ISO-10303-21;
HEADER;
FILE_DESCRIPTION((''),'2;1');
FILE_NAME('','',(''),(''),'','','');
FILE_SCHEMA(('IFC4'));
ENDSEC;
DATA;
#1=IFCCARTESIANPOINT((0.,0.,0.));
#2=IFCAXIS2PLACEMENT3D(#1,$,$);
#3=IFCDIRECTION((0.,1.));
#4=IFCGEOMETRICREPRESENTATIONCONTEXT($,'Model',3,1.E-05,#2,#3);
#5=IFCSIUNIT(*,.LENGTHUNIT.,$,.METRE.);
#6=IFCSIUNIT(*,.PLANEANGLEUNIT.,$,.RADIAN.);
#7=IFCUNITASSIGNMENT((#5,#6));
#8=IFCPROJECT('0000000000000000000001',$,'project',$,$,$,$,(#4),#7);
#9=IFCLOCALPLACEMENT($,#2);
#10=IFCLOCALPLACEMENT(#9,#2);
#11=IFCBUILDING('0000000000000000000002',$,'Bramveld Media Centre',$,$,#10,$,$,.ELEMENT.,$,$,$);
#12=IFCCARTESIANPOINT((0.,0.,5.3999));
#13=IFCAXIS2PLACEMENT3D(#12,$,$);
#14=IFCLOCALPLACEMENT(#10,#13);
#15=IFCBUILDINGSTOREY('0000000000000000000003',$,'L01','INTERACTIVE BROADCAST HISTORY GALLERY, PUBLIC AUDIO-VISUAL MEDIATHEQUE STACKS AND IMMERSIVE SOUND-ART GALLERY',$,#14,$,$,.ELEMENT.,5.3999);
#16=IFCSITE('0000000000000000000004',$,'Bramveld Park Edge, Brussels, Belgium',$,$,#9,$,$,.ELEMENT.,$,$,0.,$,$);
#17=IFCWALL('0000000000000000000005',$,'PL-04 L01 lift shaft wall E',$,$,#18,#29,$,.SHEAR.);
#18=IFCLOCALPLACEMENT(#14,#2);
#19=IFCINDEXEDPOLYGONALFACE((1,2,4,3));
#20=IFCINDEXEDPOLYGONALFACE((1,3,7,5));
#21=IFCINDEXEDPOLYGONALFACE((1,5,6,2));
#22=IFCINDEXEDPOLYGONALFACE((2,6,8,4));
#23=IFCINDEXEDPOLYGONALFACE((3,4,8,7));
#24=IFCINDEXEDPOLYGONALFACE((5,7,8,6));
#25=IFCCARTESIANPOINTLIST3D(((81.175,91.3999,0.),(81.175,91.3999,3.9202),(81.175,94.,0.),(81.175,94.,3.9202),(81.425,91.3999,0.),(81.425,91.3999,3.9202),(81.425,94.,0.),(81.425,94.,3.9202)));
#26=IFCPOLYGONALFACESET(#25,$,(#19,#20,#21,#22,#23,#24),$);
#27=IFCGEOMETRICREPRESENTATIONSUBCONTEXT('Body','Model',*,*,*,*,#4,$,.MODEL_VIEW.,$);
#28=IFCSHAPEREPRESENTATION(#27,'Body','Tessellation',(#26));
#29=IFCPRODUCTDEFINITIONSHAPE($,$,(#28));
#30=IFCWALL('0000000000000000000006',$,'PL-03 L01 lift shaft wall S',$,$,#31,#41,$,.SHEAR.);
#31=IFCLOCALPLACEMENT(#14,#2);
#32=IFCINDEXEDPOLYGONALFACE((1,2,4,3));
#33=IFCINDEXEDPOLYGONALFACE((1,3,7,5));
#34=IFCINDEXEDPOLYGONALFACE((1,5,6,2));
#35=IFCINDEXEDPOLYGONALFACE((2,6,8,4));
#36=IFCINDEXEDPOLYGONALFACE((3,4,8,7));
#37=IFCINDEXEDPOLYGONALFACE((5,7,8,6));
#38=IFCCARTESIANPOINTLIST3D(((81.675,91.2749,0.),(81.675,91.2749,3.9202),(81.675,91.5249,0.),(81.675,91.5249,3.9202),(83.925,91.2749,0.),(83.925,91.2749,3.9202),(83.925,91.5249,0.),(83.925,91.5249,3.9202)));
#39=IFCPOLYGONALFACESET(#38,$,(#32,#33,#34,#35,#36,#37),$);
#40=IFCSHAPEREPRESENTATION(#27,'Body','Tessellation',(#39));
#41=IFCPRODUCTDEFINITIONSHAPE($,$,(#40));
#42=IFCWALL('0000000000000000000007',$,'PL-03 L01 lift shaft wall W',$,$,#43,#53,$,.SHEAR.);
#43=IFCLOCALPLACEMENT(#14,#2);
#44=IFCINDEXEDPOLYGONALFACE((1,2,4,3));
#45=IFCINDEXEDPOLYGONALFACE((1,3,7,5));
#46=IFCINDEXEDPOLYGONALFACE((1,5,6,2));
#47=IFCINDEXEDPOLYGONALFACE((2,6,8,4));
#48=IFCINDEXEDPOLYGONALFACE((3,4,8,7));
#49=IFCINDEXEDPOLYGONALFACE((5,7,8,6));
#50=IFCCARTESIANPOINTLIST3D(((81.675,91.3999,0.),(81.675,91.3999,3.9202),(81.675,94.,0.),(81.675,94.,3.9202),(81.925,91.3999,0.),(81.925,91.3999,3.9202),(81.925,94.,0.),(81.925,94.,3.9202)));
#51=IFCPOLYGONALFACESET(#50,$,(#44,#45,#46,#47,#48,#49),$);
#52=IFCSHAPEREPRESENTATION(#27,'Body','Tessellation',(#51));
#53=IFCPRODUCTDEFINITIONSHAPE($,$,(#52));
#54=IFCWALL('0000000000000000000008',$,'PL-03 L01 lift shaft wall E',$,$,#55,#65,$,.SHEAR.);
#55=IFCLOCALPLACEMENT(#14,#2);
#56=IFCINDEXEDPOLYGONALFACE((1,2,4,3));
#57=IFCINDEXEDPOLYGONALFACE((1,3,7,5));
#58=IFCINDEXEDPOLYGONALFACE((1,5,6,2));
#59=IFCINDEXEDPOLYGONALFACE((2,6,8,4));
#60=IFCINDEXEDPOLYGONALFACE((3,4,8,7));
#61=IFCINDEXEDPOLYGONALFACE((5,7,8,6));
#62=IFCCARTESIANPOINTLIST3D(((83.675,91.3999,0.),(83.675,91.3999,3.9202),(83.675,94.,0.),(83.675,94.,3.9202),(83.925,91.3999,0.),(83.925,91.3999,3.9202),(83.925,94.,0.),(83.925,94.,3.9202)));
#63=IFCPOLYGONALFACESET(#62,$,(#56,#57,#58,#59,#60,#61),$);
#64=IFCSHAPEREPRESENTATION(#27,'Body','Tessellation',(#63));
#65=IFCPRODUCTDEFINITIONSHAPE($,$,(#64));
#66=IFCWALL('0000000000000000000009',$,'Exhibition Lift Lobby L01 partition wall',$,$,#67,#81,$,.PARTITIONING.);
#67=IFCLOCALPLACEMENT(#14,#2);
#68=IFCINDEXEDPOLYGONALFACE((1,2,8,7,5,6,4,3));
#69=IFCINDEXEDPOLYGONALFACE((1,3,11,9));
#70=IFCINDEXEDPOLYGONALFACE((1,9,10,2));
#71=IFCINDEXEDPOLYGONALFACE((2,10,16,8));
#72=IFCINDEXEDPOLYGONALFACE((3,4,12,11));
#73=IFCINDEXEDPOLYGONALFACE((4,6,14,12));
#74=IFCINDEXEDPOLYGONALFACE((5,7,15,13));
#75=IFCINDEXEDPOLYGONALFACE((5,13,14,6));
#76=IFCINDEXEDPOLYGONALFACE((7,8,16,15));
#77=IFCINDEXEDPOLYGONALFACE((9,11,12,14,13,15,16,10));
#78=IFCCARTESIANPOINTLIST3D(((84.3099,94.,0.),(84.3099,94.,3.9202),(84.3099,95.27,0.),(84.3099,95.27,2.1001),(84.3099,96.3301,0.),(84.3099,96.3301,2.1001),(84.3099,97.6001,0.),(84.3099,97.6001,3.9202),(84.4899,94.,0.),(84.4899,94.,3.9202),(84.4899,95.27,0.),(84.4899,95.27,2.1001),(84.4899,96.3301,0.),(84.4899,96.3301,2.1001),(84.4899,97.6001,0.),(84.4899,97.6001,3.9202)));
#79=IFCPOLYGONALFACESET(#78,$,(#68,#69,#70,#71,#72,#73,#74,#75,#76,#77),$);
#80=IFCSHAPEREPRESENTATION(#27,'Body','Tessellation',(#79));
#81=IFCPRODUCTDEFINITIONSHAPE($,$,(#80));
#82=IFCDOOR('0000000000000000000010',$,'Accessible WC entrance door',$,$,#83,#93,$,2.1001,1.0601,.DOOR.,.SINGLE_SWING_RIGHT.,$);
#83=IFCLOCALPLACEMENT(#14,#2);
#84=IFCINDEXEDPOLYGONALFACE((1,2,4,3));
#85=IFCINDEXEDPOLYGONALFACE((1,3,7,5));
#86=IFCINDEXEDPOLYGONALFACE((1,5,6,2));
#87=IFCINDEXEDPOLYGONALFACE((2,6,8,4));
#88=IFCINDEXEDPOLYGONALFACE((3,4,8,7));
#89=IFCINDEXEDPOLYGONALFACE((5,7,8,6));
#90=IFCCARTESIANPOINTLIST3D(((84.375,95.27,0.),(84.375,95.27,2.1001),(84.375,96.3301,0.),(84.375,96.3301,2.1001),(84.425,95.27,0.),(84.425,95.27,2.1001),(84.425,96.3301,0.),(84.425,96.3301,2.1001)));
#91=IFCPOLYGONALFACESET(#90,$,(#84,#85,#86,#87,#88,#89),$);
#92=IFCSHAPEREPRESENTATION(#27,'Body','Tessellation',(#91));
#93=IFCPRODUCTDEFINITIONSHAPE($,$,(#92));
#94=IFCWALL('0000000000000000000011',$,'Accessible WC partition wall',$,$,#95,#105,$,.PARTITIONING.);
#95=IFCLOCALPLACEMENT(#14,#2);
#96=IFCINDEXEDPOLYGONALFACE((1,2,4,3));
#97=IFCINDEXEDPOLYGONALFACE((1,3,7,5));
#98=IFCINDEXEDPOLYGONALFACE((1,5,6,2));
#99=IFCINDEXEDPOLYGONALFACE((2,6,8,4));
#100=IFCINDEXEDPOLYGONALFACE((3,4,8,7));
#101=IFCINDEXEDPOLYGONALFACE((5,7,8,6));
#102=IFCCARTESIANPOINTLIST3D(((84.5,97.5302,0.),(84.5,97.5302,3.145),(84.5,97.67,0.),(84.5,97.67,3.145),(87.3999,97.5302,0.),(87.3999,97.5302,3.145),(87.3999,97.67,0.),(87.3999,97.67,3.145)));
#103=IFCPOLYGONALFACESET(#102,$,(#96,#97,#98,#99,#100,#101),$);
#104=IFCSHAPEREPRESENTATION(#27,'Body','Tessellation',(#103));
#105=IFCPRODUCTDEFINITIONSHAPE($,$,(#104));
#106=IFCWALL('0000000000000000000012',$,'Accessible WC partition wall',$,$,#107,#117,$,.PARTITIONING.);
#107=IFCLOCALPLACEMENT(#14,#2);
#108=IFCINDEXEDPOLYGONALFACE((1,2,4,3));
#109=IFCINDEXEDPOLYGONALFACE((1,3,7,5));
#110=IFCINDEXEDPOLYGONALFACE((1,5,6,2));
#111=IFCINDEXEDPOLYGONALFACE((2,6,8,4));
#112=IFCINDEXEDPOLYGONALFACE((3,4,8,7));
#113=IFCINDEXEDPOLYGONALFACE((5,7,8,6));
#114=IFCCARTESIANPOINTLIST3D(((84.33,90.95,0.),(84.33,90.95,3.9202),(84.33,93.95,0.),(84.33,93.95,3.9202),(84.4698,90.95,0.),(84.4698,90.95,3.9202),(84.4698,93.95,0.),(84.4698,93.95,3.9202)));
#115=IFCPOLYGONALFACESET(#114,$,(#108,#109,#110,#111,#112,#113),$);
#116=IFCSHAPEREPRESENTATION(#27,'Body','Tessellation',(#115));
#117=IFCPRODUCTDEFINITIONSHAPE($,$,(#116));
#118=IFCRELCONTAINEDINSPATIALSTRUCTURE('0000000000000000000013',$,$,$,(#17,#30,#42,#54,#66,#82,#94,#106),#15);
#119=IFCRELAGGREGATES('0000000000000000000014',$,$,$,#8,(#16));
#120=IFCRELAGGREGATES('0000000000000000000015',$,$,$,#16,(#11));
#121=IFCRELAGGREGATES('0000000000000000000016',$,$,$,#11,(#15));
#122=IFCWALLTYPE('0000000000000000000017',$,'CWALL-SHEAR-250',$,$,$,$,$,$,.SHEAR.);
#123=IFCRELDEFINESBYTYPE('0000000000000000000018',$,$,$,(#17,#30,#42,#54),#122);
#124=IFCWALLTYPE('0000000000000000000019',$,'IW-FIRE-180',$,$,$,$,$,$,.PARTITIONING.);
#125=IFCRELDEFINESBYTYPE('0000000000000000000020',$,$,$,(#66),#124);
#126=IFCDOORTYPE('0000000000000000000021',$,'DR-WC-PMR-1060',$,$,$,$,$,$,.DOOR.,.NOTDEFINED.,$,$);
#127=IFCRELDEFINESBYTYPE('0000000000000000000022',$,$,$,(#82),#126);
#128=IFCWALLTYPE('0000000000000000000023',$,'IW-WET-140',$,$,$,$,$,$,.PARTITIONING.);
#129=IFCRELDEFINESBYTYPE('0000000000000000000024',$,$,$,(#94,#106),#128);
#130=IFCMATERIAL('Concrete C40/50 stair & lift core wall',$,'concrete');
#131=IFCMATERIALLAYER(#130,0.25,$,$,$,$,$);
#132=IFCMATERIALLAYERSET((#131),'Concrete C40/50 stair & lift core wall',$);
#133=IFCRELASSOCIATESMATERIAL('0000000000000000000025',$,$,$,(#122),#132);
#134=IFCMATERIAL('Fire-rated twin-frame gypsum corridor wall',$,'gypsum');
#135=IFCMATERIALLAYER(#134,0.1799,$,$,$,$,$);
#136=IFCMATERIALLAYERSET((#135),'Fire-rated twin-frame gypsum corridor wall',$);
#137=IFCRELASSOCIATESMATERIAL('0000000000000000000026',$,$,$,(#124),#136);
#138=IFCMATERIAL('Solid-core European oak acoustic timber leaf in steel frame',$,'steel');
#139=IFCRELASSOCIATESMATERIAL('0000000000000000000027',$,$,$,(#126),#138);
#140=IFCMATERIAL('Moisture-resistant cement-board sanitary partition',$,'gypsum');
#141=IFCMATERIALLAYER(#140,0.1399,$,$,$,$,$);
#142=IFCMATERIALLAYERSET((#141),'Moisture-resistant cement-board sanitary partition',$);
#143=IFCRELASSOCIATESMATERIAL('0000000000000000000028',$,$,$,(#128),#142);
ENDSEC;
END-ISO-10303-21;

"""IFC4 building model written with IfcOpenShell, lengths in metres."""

from ifc_helpers import new_model, si_unit, direction, frame, frame_2d, origin, place, context, subcontext, project, spatial, rectangle, extrude, material, layer, layer_set, type_object, element, fill, save


model = new_model("IFC4")

# Units and contexts
model_context = context("Model", 3, precision=1e-05, world=origin(), true_north=direction((0.0, 1.0)))
body_context = subcontext(model_context, "Body", "Model", "MODEL_VIEW")
ifc_project = project(units=[si_unit("LENGTHUNIT", "METRE"), si_unit("PLANEANGLEUNIT", "RADIAN")], contexts=[model_context])

# Site, building, storey
site_placement = place(None, origin())
site = spatial("IfcSite", under=ifc_project, at=site_placement, Name="Bramveld Park Edge, Brussels, Belgium", CompositionType="ELEMENT", RefElevation=0.0)
building_placement = place(site_placement, origin())
building = spatial("IfcBuilding", under=site, at=building_placement, Name="Bramveld Media Centre", CompositionType="ELEMENT")
storey_placement = place(building_placement, frame((0.0, 0.0, 5.3999)))
storey = spatial("IfcBuildingStorey", under=building, at=storey_placement, Name="L01", Description="INTERACTIVE BROADCAST HISTORY GALLERY, PUBLIC AUDIO-VISUAL MEDIATHEQUE STACKS AND IMMERSIVE SOUND-ART GALLERY", CompositionType="ELEMENT", Elevation=5.3999)

# Shared definitions
ifc_material_1 = material(Name="Concrete C40/50 stair & lift core wall", Category="concrete")
ifc_layer_1 = layer(ifc_material_1, 0.25)
ifc_layer_set_1 = layer_set([ifc_layer_1], Name="Concrete C40/50 stair & lift core wall")
wall_type_1 = type_object("IfcWallType", Name="CWALL-SHEAR-250", PredefinedType="SHEAR", material=ifc_layer_set_1)

# Walls
wall_1_placement = place(storey_placement, frame((81.3, 91.3999, 0.0), z_axis=(0.0, 0.0, 1.0), x_axis=(0.0, 1.0, 0.0)))
element("IfcWall", 1, at=wall_1_placement, inside=storey, type_object=wall_type_1, Name="PL-04 L01 lift shaft wall E", PredefinedType="SHEAR", context=body_context, shape_type="SweptSolid", body=[
    extrude(rectangle(XDim=2.6001, YDim=0.25, at=frame_2d((1.3, 0.0))), origin(), (0.0, 0.0, 1.0), 3.9202),
])
wall_2_placement = place(storey_placement, frame((81.675, 91.3999, 0.0), z_axis=(0.0, 0.0, 1.0), x_axis=(1.0, 0.0, 0.0)))
element("IfcWall", 2, at=wall_2_placement, inside=storey, type_object=wall_type_1, Name="PL-03 L01 lift shaft wall S", PredefinedType="SHEAR", context=body_context, shape_type="SweptSolid", body=[
    extrude(rectangle(XDim=2.25, YDim=0.25, at=frame_2d((1.125, 0.0))), origin(), (0.0, 0.0, 1.0), 3.9202),
])

# Walls
for number, where, z_axis, x_axis, name in (
    (3, (81.8, 94.0, 0.0), (0.0, 0.0, 1.0), (0.0, -1.0, 0.0), "PL-03 L01 lift shaft wall W"),
    (4, (83.8, 91.3999, 0.0), (0.0, 0.0, 1.0), (0.0, 1.0, 0.0), "PL-03 L01 lift shaft wall E"),
):
    element("IfcWall", number, at=place(storey_placement, frame(where, z_axis=z_axis, x_axis=x_axis)), inside=storey, type_object=wall_type_1, Name=name, PredefinedType="SHEAR", context=body_context, shape_type="SweptSolid", body=[
        extrude(rectangle(XDim=2.6001, YDim=0.25, at=frame_2d((1.3, 0.0))), origin(), (0.0, 0.0, 1.0), 3.9202),
    ])

# Wall, opening, door
ifc_material_2 = material(Name="Fire-rated twin-frame gypsum corridor wall", Category="gypsum")
ifc_layer_2 = layer(ifc_material_2, 0.1799)
ifc_layer_set_2 = layer_set([ifc_layer_2], Name="Fire-rated twin-frame gypsum corridor wall")
wall_type_2 = type_object("IfcWallType", Name="IW-FIRE-180", PredefinedType="PARTITIONING", material=ifc_layer_set_2)
wall_3_placement = place(storey_placement, frame((84.3999, 94.0, 0.0), z_axis=(0.0, 0.0, 1.0), x_axis=(0.0, 1.0, 0.0)))
wall_3 = element("IfcWall", 5, at=wall_3_placement, inside=storey, type_object=wall_type_2, Name="Exhibition Lift Lobby L01 partition wall", PredefinedType="PARTITIONING", context=body_context, shape_type="SweptSolid", body=[
    extrude(rectangle(XDim=3.6001, YDim=0.1799, at=frame_2d((1.8, 0.0))), origin(), (0.0, 0.0, 1.0), 3.9202),
])
opening_1_placement = place(wall_3_placement, frame((1.27, 0.0, 0.0)))
opening_1 = element("IfcOpeningElement", 6, at=opening_1_placement, cuts=wall_3, PredefinedType="OPENING", context=body_context, shape_type="SweptSolid", body=[
    extrude(rectangle(XDim=1.0601, YDim=2.1001, at=frame_2d((0.53, 1.05))), frame((0.0, 0.1021, 0.0), z_axis=(0.0, -1.0, 0.0), x_axis=(1.0, 0.0, 0.0)), (0.0, 0.0, 1.0), 0.2039),
])
ifc_material_3 = material(Name="Solid-core European oak acoustic timber leaf in steel frame", Category="steel")
door_type_1 = type_object("IfcDoorType", Name="DR-WC-PMR-1060", OperationType="NOTDEFINED", PredefinedType="DOOR", material=ifc_material_3)
door_1_placement = place(opening_1_placement, origin())
door_1 = element("IfcDoor", 7, at=door_1_placement, inside=storey, type_object=door_type_1, Name="Accessible WC entrance door", OperationType="SINGLE_SWING_RIGHT", OverallHeight=2.1001, OverallWidth=1.0601, PredefinedType="DOOR", context=body_context, shape_type="SweptSolid", body=[
    extrude(rectangle(XDim=1.0601, YDim=2.1001, at=frame_2d((0.53, 1.05))), frame((0.0, 0.0249, 0.0), z_axis=(0.0, -1.0, 0.0), x_axis=(1.0, 0.0, 0.0)), (0.0, 0.0, 1.0), 0.05),
])
fill(opening_1, door_1)

# Walls
ifc_material_4 = material(Name="Moisture-resistant cement-board sanitary partition", Category="gypsum")
ifc_layer_3 = layer(ifc_material_4, 0.1399)
ifc_layer_set_3 = layer_set([ifc_layer_3], Name="Moisture-resistant cement-board sanitary partition")
wall_type_3 = type_object("IfcWallType", Name="IW-WET-140", PredefinedType="PARTITIONING", material=ifc_layer_set_3)
wall_4_placement = place(storey_placement, frame((84.5, 97.6001, 0.0), z_axis=(0.0, 0.0, 1.0), x_axis=(1.0, 0.0, 0.0)))
element("IfcWall", 8, at=wall_4_placement, inside=storey, type_object=wall_type_3, Name="Accessible WC partition wall", PredefinedType="PARTITIONING", context=body_context, shape_type="SweptSolid", body=[
    extrude(rectangle(XDim=2.8999, YDim=0.1399, at=frame_2d((1.45, 0.0))), origin(), (0.0, 0.0, 1.0), 3.145),
])
wall_5_placement = place(storey_placement, frame((84.3999, 90.95, 0.0), z_axis=(0.0, 0.0, 1.0), x_axis=(0.0, 1.0, 0.0)))
element("IfcWall", 9, at=wall_5_placement, inside=storey, type_object=wall_type_3, Name="Accessible WC partition wall", PredefinedType="PARTITIONING", context=body_context, shape_type="SweptSolid", body=[
    extrude(rectangle(XDim=3.0, YDim=0.1399, at=frame_2d((1.5, 0.0))), origin(), (0.0, 0.0, 1.0), 3.9202),
])

save(model, "model.ifc")
